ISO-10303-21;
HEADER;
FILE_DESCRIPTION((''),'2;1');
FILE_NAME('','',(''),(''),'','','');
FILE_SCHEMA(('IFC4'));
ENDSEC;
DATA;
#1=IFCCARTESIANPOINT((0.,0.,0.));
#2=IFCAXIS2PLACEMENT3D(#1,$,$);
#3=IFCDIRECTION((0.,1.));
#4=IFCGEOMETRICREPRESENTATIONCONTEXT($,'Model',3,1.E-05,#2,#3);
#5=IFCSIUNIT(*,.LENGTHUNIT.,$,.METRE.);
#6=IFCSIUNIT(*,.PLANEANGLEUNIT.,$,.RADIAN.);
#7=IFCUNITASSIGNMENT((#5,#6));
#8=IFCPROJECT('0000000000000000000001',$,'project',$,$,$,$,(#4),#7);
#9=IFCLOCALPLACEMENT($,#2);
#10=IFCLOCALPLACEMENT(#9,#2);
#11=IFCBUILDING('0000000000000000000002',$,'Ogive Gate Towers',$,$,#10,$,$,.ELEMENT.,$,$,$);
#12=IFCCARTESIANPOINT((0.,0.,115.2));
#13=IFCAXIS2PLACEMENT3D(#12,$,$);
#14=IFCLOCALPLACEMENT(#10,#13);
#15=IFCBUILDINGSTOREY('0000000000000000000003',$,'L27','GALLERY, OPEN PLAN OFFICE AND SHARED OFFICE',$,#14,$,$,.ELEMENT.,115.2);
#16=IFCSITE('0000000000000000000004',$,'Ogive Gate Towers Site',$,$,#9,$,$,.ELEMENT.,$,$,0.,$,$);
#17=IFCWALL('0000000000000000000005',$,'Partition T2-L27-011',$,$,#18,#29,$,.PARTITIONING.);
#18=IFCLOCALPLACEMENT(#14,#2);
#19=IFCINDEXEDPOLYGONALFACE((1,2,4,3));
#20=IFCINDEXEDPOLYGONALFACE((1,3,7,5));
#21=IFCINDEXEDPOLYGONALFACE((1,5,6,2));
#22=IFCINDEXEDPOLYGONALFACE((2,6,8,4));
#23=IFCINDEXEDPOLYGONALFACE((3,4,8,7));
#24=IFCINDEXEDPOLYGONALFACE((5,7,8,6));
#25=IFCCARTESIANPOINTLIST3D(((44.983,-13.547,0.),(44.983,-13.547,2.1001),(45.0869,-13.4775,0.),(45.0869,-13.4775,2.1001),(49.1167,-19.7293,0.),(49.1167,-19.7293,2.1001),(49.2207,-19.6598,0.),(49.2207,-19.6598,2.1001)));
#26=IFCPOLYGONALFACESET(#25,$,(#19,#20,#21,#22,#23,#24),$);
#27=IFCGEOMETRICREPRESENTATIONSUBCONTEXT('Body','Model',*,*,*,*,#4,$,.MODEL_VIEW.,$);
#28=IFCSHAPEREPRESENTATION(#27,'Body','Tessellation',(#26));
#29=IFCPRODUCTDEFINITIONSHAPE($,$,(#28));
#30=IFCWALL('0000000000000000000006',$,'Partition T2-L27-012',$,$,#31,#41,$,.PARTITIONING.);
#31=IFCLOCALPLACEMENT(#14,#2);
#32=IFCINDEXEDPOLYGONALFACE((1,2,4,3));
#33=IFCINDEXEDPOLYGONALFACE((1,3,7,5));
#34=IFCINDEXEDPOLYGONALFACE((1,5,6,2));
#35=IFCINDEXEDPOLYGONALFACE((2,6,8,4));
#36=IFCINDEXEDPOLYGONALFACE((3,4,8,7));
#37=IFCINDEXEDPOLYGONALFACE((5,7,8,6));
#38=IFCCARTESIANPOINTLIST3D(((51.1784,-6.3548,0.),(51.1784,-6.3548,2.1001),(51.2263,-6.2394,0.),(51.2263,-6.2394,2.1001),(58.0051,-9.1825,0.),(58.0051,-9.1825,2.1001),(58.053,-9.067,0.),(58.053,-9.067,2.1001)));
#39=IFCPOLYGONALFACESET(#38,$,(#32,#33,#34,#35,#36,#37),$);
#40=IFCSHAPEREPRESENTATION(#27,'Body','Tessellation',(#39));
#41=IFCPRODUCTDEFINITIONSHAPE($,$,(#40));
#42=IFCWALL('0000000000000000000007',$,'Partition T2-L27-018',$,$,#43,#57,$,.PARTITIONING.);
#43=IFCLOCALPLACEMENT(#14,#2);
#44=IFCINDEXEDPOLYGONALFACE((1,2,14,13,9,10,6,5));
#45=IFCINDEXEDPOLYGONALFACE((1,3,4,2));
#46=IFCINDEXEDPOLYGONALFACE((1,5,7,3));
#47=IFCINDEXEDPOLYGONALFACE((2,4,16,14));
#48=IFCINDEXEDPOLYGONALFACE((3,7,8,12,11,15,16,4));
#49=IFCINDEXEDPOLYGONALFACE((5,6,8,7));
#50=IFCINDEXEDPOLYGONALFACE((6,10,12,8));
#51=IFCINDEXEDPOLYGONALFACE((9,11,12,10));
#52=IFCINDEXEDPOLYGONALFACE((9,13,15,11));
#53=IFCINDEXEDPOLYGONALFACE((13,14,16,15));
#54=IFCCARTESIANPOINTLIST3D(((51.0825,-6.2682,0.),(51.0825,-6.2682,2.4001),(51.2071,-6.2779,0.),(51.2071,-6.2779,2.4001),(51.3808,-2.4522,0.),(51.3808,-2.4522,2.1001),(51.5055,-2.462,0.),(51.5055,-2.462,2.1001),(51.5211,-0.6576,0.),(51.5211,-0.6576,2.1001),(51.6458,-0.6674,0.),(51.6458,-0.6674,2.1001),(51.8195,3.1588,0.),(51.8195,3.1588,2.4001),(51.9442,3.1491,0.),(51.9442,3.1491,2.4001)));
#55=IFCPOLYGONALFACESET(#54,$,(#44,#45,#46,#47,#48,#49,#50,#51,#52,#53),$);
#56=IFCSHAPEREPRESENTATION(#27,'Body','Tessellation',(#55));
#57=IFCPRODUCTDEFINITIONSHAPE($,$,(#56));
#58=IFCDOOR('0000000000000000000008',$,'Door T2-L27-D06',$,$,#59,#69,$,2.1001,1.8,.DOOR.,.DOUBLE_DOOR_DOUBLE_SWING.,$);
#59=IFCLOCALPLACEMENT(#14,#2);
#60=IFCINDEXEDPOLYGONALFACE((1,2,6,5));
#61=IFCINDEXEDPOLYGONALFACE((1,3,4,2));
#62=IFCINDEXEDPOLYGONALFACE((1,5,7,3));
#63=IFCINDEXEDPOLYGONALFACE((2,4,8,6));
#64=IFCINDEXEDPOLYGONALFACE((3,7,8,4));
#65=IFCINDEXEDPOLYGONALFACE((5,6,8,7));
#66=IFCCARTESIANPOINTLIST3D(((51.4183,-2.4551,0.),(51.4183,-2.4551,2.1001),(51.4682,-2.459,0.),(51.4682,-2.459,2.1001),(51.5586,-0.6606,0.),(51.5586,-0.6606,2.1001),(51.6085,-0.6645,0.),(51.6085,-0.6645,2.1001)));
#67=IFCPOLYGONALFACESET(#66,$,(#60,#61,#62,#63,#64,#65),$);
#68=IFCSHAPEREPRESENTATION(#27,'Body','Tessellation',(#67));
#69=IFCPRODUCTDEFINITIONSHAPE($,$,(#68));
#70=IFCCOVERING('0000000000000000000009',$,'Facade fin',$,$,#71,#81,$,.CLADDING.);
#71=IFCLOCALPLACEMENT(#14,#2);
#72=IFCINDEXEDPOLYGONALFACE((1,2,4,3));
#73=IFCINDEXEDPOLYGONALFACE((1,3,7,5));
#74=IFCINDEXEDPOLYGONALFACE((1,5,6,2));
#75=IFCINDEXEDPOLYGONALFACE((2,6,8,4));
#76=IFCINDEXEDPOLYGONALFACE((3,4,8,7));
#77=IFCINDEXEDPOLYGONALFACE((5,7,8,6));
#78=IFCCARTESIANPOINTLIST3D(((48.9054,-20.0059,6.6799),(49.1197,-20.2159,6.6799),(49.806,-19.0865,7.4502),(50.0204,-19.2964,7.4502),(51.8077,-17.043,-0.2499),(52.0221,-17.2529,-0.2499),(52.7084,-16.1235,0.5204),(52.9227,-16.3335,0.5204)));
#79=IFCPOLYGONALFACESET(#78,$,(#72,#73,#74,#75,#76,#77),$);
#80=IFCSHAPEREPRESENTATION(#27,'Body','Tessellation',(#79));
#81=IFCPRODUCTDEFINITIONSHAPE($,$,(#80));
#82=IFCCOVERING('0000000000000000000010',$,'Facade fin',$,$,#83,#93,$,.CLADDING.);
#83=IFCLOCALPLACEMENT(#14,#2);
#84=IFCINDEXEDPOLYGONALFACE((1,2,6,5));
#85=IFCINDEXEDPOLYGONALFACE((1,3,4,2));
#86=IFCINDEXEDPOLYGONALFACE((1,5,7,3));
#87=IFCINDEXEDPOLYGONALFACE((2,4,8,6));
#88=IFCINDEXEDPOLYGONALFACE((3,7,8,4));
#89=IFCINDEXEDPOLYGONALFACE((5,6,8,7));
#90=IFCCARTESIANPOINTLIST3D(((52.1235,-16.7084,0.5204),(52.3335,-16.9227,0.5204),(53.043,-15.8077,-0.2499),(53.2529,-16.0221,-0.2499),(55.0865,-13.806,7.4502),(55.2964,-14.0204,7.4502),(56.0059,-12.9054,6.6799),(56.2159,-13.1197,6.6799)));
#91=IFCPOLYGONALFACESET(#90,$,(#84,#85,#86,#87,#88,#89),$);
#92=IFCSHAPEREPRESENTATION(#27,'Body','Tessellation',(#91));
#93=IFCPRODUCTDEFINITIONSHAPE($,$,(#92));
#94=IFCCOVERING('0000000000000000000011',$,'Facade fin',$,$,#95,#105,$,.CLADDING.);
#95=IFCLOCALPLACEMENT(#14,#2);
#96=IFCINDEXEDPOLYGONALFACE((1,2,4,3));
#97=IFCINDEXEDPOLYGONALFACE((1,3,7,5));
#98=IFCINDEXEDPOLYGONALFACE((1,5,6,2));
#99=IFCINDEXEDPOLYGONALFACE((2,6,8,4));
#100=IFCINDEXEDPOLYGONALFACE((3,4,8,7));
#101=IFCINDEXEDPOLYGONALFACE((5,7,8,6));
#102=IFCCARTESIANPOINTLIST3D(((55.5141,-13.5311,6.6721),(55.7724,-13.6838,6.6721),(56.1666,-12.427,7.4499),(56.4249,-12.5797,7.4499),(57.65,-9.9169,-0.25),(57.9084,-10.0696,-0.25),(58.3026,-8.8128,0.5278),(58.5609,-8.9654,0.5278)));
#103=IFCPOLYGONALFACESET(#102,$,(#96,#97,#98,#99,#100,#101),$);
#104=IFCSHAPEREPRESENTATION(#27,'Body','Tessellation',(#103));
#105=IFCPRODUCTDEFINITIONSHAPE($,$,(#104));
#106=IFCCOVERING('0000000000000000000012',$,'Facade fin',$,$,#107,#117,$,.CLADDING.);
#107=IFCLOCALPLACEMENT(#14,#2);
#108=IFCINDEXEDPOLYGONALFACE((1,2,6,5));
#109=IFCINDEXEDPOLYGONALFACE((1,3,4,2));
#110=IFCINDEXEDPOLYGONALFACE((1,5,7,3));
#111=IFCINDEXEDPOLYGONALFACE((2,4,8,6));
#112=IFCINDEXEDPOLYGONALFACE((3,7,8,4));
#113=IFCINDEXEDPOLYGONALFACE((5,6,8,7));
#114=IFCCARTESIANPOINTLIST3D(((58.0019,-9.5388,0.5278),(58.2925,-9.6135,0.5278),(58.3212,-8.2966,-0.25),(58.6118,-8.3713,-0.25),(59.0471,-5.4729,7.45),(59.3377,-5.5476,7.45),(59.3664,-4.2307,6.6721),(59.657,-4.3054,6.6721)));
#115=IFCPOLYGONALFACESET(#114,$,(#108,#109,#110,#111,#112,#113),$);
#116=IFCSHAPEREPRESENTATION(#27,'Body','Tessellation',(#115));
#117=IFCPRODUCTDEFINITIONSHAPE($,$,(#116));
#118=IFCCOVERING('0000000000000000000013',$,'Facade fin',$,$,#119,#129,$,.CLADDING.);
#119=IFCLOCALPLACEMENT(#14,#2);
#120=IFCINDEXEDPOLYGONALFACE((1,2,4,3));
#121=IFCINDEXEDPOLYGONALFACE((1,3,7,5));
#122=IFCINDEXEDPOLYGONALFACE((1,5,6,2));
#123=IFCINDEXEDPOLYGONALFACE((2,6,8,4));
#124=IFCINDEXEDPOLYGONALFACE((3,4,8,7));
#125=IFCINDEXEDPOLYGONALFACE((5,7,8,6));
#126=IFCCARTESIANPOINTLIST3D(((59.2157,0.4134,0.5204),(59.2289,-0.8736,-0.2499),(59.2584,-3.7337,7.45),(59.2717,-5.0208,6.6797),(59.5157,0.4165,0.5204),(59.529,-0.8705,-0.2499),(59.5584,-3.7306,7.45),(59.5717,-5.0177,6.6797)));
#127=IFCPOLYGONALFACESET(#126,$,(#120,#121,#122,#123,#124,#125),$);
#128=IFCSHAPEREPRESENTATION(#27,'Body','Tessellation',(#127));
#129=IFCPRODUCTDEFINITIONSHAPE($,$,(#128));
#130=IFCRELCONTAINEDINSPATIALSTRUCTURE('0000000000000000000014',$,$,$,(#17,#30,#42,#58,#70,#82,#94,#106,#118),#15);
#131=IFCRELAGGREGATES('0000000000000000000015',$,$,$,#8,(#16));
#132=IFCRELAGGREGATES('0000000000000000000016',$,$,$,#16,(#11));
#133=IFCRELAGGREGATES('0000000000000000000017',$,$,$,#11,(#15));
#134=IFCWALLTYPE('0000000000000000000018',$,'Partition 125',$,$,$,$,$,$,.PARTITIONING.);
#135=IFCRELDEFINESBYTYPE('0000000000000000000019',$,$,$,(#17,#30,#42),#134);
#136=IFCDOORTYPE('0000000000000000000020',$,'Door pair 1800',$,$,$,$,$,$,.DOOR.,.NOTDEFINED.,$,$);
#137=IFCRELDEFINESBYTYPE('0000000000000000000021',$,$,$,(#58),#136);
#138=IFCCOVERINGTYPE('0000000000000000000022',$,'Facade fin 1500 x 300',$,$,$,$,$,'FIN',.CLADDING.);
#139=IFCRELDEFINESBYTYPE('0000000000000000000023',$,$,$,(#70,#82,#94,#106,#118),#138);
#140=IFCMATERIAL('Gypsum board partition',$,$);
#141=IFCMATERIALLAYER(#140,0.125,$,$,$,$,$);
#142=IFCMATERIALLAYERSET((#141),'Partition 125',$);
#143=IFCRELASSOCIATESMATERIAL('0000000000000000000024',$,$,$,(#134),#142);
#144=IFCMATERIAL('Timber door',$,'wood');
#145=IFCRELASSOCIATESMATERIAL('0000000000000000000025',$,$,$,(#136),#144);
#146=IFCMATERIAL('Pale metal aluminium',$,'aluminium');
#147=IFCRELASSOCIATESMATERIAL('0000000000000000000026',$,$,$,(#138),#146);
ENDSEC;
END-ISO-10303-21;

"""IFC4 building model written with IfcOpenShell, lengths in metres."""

from ifc_helpers import new_model, si_unit, direction, frame, frame_2d, origin, origin_2d, place, context, subcontext, project, spatial, rectangle, extrude, material, layer, layer_set, material_profile, profile_set, type_object, element, fill, save


model = new_model("IFC4")

# Units and contexts
model_context = context("Model", 3, precision=1e-05, world=origin(), true_north=direction((0.0, 1.0)))
body_context = subcontext(model_context, "Body", "Model", "MODEL_VIEW")
ifc_project = project(units=[si_unit("LENGTHUNIT", "METRE"), si_unit("PLANEANGLEUNIT", "RADIAN")], contexts=[model_context])

# Site, building, storey
site_placement = place(None, origin())
site = spatial("IfcSite", under=ifc_project, at=site_placement, Name="Ogive Gate Towers Site", CompositionType="ELEMENT", RefElevation=0.0)
building_placement = place(site_placement, origin())
building = spatial("IfcBuilding", under=site, at=building_placement, Name="Ogive Gate Towers", CompositionType="ELEMENT")
storey_placement = place(building_placement, frame((0.0, 0.0, 115.2)))
storey = spatial("IfcBuildingStorey", under=building, at=storey_placement, Name="L27", Description="GALLERY, OPEN PLAN OFFICE AND SHARED OFFICE", CompositionType="ELEMENT", Elevation=115.2)

# Shared definitions
ifc_material_1 = material(Name="Pale metal aluminium", Category="aluminium")

# Walls
ifc_material_2 = material(Name="Gypsum board partition")
ifc_layer_1 = layer(ifc_material_2, 0.125)
ifc_layer_set_1 = layer_set([ifc_layer_1], Name="Partition 125")
wall_type = type_object("IfcWallType", Name="Partition 125", PredefinedType="PARTITIONING", material=ifc_layer_set_1)
wall_1_placement = place(storey_placement, frame((49.1687, -19.6946, 0.0), z_axis=(0.0, 0.0, 1.0), x_axis=(-0.555836, 0.831292, 0.0)))
element("IfcWall", 1, at=wall_1_placement, inside=storey, type_object=wall_type, Name="Partition T2-L27-011", PredefinedType="PARTITIONING", context=body_context, shape_type="SweptSolid", body=[
    extrude(rectangle(XDim=7.437, YDim=0.125, at=frame_2d((3.7185, 0.0))), origin(), (0.0, 0.0, 1.0), 2.1001),
])
wall_2_placement = place(storey_placement, frame((58.0291, -9.1248, 0.0), z_axis=(0.0, 0.0, 1.0), x_axis=(-0.923882, 0.382677, 0.0)))
element("IfcWall", 2, at=wall_2_placement, inside=storey, type_object=wall_type, Name="Partition T2-L27-012", PredefinedType="PARTITIONING", context=body_context, shape_type="SweptSolid", body=[
    extrude(rectangle(XDim=7.3892, YDim=0.125, at=frame_2d((3.6946, 0.0))), origin(), (0.0, 0.0, 1.0), 2.1001),
])

# Wall, opening, door
wall_3_placement = place(storey_placement, frame((51.1448, -6.2732, 0.0), z_axis=(0.0, 0.0, 1.0), x_axis=(0.077948, 0.996957, 0.0)))
wall_3 = element("IfcWall", 3, at=wall_3_placement, inside=storey, type_object=wall_type, Name="Partition T2-L27-018", PredefinedType="PARTITIONING", context=body_context, shape_type="SweptSolid", body=[
    extrude(rectangle(XDim=9.4558, YDim=0.125, at=frame_2d((4.728, 0.0))), origin(), (0.0, 0.0, 1.0), 2.4001),
])
opening_placement = place(wall_3_placement, frame((3.8279, 0.0, 0.0)))
opening = element("IfcOpeningElement", 4, at=opening_placement, cuts=wall_3, PredefinedType="OPENING", context=body_context, shape_type="SweptSolid", body=[
    extrude(rectangle(XDim=1.8, YDim=2.1001, at=frame_2d((0.8999, 1.05))), frame((0.0, 0.0725, 0.0), z_axis=(0.0, -1.0, 0.0), x_axis=(1.0, 0.0, 0.0)), (0.0, 0.0, 1.0), 0.145),
])
ifc_material_3 = material(Name="Timber door", Category="wood")
door_type = type_object("IfcDoorType", Name="Door pair 1800", OperationType="NOTDEFINED", PredefinedType="DOOR", material=ifc_material_3)
door_placement = place(opening_placement, origin())
door = element("IfcDoor", 5, at=door_placement, inside=storey, type_object=door_type, Name="Door T2-L27-D06", OperationType="DOUBLE_DOOR_DOUBLE_SWING", OverallHeight=2.1001, OverallWidth=1.8, PredefinedType="DOOR", context=body_context, shape_type="SweptSolid", body=[
    extrude(rectangle(XDim=1.8, YDim=2.1001, at=frame_2d((0.8999, 1.05))), frame((0.0, 0.0249, 0.0), z_axis=(0.0, -1.0, 0.0), x_axis=(1.0, 0.0, 0.0)), (0.0, 0.0, 1.0), 0.05),
])
fill(opening, door)

# Coverings
ifc_material_profile_1 = material_profile(ifc_material_1, rectangle(XDim=0.3, YDim=1.5, at=origin_2d()), Name="1500 x 300 pale metal aluminium")
ifc_profile_set_1 = profile_set([ifc_material_profile_1], Name="Pale metal aluminium")
covering_type = type_object("IfcCoveringType", Name="Facade fin 1500 x 300", ElementType="FIN", PredefinedType="CLADDING", material=ifc_profile_set_1)
for number, where, z_axis, x_axis, name in (
    (6, (52.3652, -16.6882, 0.1353), (-0.359376, -0.366873, 0.858052), (0.714368, -0.69977, 0.0), "Facade fin"),
    (7, (52.6882, -16.3652, 0.1353), (0.366873, 0.359376, 0.858052), (-0.69977, 0.714368, 0.0), "Facade fin"),
):
    element("IfcCovering", number, at=place(storey_placement, frame(where, z_axis=z_axis, x_axis=x_axis)), inside=storey, type_object=covering_type, Name=name, PredefinedType="CLADDING", context=body_context, shape_type="SweptSolid", body=[
        extrude(rectangle(XDim=0.3, YDim=1.5, at=origin_2d()), origin(), (0.0, 0.0, 1.0), 8.0762),
    ])
for number, where, z_axis, x_axis, name in (
    (8, (58.1055, -9.4412, 0.1389), (-0.263841, -0.446439, 0.855032), (0.860896, -0.50878, 0.0), "Facade fin"),
    (9, (58.3069, -8.9551, 0.1389), (0.129102, 0.502234, 0.85504), (-0.968513, 0.248962, 0.0), "Facade fin"),
):
    element("IfcCovering", number, at=place(storey_placement, frame(where, z_axis=z_axis, x_axis=x_axis)), inside=storey, type_object=covering_type, Name=name, PredefinedType="CLADDING", context=body_context, shape_type="SweptSolid", body=[
        extrude(rectangle(XDim=0.3, YDim=1.5, at=origin_2d()), origin(), (0.0, 0.0, 1.0), 8.0957),
    ])
covering_placement = place(storey_placement, frame((59.3723, -0.2285, 0.1353), z_axis=(0.00529, -0.513524, 0.858059), x_axis=(0.999947, 0.010301, 0.0)))
element("IfcCovering", 10, at=covering_placement, inside=storey, type_object=covering_type, Name="Facade fin", PredefinedType="CLADDING", context=body_context, shape_type="SweptSolid", body=[
    extrude(rectangle(XDim=0.3, YDim=1.5, at=origin_2d()), origin(), (0.0, 0.0, 1.0), 8.0759),
])

save(model, "model.ifc")
